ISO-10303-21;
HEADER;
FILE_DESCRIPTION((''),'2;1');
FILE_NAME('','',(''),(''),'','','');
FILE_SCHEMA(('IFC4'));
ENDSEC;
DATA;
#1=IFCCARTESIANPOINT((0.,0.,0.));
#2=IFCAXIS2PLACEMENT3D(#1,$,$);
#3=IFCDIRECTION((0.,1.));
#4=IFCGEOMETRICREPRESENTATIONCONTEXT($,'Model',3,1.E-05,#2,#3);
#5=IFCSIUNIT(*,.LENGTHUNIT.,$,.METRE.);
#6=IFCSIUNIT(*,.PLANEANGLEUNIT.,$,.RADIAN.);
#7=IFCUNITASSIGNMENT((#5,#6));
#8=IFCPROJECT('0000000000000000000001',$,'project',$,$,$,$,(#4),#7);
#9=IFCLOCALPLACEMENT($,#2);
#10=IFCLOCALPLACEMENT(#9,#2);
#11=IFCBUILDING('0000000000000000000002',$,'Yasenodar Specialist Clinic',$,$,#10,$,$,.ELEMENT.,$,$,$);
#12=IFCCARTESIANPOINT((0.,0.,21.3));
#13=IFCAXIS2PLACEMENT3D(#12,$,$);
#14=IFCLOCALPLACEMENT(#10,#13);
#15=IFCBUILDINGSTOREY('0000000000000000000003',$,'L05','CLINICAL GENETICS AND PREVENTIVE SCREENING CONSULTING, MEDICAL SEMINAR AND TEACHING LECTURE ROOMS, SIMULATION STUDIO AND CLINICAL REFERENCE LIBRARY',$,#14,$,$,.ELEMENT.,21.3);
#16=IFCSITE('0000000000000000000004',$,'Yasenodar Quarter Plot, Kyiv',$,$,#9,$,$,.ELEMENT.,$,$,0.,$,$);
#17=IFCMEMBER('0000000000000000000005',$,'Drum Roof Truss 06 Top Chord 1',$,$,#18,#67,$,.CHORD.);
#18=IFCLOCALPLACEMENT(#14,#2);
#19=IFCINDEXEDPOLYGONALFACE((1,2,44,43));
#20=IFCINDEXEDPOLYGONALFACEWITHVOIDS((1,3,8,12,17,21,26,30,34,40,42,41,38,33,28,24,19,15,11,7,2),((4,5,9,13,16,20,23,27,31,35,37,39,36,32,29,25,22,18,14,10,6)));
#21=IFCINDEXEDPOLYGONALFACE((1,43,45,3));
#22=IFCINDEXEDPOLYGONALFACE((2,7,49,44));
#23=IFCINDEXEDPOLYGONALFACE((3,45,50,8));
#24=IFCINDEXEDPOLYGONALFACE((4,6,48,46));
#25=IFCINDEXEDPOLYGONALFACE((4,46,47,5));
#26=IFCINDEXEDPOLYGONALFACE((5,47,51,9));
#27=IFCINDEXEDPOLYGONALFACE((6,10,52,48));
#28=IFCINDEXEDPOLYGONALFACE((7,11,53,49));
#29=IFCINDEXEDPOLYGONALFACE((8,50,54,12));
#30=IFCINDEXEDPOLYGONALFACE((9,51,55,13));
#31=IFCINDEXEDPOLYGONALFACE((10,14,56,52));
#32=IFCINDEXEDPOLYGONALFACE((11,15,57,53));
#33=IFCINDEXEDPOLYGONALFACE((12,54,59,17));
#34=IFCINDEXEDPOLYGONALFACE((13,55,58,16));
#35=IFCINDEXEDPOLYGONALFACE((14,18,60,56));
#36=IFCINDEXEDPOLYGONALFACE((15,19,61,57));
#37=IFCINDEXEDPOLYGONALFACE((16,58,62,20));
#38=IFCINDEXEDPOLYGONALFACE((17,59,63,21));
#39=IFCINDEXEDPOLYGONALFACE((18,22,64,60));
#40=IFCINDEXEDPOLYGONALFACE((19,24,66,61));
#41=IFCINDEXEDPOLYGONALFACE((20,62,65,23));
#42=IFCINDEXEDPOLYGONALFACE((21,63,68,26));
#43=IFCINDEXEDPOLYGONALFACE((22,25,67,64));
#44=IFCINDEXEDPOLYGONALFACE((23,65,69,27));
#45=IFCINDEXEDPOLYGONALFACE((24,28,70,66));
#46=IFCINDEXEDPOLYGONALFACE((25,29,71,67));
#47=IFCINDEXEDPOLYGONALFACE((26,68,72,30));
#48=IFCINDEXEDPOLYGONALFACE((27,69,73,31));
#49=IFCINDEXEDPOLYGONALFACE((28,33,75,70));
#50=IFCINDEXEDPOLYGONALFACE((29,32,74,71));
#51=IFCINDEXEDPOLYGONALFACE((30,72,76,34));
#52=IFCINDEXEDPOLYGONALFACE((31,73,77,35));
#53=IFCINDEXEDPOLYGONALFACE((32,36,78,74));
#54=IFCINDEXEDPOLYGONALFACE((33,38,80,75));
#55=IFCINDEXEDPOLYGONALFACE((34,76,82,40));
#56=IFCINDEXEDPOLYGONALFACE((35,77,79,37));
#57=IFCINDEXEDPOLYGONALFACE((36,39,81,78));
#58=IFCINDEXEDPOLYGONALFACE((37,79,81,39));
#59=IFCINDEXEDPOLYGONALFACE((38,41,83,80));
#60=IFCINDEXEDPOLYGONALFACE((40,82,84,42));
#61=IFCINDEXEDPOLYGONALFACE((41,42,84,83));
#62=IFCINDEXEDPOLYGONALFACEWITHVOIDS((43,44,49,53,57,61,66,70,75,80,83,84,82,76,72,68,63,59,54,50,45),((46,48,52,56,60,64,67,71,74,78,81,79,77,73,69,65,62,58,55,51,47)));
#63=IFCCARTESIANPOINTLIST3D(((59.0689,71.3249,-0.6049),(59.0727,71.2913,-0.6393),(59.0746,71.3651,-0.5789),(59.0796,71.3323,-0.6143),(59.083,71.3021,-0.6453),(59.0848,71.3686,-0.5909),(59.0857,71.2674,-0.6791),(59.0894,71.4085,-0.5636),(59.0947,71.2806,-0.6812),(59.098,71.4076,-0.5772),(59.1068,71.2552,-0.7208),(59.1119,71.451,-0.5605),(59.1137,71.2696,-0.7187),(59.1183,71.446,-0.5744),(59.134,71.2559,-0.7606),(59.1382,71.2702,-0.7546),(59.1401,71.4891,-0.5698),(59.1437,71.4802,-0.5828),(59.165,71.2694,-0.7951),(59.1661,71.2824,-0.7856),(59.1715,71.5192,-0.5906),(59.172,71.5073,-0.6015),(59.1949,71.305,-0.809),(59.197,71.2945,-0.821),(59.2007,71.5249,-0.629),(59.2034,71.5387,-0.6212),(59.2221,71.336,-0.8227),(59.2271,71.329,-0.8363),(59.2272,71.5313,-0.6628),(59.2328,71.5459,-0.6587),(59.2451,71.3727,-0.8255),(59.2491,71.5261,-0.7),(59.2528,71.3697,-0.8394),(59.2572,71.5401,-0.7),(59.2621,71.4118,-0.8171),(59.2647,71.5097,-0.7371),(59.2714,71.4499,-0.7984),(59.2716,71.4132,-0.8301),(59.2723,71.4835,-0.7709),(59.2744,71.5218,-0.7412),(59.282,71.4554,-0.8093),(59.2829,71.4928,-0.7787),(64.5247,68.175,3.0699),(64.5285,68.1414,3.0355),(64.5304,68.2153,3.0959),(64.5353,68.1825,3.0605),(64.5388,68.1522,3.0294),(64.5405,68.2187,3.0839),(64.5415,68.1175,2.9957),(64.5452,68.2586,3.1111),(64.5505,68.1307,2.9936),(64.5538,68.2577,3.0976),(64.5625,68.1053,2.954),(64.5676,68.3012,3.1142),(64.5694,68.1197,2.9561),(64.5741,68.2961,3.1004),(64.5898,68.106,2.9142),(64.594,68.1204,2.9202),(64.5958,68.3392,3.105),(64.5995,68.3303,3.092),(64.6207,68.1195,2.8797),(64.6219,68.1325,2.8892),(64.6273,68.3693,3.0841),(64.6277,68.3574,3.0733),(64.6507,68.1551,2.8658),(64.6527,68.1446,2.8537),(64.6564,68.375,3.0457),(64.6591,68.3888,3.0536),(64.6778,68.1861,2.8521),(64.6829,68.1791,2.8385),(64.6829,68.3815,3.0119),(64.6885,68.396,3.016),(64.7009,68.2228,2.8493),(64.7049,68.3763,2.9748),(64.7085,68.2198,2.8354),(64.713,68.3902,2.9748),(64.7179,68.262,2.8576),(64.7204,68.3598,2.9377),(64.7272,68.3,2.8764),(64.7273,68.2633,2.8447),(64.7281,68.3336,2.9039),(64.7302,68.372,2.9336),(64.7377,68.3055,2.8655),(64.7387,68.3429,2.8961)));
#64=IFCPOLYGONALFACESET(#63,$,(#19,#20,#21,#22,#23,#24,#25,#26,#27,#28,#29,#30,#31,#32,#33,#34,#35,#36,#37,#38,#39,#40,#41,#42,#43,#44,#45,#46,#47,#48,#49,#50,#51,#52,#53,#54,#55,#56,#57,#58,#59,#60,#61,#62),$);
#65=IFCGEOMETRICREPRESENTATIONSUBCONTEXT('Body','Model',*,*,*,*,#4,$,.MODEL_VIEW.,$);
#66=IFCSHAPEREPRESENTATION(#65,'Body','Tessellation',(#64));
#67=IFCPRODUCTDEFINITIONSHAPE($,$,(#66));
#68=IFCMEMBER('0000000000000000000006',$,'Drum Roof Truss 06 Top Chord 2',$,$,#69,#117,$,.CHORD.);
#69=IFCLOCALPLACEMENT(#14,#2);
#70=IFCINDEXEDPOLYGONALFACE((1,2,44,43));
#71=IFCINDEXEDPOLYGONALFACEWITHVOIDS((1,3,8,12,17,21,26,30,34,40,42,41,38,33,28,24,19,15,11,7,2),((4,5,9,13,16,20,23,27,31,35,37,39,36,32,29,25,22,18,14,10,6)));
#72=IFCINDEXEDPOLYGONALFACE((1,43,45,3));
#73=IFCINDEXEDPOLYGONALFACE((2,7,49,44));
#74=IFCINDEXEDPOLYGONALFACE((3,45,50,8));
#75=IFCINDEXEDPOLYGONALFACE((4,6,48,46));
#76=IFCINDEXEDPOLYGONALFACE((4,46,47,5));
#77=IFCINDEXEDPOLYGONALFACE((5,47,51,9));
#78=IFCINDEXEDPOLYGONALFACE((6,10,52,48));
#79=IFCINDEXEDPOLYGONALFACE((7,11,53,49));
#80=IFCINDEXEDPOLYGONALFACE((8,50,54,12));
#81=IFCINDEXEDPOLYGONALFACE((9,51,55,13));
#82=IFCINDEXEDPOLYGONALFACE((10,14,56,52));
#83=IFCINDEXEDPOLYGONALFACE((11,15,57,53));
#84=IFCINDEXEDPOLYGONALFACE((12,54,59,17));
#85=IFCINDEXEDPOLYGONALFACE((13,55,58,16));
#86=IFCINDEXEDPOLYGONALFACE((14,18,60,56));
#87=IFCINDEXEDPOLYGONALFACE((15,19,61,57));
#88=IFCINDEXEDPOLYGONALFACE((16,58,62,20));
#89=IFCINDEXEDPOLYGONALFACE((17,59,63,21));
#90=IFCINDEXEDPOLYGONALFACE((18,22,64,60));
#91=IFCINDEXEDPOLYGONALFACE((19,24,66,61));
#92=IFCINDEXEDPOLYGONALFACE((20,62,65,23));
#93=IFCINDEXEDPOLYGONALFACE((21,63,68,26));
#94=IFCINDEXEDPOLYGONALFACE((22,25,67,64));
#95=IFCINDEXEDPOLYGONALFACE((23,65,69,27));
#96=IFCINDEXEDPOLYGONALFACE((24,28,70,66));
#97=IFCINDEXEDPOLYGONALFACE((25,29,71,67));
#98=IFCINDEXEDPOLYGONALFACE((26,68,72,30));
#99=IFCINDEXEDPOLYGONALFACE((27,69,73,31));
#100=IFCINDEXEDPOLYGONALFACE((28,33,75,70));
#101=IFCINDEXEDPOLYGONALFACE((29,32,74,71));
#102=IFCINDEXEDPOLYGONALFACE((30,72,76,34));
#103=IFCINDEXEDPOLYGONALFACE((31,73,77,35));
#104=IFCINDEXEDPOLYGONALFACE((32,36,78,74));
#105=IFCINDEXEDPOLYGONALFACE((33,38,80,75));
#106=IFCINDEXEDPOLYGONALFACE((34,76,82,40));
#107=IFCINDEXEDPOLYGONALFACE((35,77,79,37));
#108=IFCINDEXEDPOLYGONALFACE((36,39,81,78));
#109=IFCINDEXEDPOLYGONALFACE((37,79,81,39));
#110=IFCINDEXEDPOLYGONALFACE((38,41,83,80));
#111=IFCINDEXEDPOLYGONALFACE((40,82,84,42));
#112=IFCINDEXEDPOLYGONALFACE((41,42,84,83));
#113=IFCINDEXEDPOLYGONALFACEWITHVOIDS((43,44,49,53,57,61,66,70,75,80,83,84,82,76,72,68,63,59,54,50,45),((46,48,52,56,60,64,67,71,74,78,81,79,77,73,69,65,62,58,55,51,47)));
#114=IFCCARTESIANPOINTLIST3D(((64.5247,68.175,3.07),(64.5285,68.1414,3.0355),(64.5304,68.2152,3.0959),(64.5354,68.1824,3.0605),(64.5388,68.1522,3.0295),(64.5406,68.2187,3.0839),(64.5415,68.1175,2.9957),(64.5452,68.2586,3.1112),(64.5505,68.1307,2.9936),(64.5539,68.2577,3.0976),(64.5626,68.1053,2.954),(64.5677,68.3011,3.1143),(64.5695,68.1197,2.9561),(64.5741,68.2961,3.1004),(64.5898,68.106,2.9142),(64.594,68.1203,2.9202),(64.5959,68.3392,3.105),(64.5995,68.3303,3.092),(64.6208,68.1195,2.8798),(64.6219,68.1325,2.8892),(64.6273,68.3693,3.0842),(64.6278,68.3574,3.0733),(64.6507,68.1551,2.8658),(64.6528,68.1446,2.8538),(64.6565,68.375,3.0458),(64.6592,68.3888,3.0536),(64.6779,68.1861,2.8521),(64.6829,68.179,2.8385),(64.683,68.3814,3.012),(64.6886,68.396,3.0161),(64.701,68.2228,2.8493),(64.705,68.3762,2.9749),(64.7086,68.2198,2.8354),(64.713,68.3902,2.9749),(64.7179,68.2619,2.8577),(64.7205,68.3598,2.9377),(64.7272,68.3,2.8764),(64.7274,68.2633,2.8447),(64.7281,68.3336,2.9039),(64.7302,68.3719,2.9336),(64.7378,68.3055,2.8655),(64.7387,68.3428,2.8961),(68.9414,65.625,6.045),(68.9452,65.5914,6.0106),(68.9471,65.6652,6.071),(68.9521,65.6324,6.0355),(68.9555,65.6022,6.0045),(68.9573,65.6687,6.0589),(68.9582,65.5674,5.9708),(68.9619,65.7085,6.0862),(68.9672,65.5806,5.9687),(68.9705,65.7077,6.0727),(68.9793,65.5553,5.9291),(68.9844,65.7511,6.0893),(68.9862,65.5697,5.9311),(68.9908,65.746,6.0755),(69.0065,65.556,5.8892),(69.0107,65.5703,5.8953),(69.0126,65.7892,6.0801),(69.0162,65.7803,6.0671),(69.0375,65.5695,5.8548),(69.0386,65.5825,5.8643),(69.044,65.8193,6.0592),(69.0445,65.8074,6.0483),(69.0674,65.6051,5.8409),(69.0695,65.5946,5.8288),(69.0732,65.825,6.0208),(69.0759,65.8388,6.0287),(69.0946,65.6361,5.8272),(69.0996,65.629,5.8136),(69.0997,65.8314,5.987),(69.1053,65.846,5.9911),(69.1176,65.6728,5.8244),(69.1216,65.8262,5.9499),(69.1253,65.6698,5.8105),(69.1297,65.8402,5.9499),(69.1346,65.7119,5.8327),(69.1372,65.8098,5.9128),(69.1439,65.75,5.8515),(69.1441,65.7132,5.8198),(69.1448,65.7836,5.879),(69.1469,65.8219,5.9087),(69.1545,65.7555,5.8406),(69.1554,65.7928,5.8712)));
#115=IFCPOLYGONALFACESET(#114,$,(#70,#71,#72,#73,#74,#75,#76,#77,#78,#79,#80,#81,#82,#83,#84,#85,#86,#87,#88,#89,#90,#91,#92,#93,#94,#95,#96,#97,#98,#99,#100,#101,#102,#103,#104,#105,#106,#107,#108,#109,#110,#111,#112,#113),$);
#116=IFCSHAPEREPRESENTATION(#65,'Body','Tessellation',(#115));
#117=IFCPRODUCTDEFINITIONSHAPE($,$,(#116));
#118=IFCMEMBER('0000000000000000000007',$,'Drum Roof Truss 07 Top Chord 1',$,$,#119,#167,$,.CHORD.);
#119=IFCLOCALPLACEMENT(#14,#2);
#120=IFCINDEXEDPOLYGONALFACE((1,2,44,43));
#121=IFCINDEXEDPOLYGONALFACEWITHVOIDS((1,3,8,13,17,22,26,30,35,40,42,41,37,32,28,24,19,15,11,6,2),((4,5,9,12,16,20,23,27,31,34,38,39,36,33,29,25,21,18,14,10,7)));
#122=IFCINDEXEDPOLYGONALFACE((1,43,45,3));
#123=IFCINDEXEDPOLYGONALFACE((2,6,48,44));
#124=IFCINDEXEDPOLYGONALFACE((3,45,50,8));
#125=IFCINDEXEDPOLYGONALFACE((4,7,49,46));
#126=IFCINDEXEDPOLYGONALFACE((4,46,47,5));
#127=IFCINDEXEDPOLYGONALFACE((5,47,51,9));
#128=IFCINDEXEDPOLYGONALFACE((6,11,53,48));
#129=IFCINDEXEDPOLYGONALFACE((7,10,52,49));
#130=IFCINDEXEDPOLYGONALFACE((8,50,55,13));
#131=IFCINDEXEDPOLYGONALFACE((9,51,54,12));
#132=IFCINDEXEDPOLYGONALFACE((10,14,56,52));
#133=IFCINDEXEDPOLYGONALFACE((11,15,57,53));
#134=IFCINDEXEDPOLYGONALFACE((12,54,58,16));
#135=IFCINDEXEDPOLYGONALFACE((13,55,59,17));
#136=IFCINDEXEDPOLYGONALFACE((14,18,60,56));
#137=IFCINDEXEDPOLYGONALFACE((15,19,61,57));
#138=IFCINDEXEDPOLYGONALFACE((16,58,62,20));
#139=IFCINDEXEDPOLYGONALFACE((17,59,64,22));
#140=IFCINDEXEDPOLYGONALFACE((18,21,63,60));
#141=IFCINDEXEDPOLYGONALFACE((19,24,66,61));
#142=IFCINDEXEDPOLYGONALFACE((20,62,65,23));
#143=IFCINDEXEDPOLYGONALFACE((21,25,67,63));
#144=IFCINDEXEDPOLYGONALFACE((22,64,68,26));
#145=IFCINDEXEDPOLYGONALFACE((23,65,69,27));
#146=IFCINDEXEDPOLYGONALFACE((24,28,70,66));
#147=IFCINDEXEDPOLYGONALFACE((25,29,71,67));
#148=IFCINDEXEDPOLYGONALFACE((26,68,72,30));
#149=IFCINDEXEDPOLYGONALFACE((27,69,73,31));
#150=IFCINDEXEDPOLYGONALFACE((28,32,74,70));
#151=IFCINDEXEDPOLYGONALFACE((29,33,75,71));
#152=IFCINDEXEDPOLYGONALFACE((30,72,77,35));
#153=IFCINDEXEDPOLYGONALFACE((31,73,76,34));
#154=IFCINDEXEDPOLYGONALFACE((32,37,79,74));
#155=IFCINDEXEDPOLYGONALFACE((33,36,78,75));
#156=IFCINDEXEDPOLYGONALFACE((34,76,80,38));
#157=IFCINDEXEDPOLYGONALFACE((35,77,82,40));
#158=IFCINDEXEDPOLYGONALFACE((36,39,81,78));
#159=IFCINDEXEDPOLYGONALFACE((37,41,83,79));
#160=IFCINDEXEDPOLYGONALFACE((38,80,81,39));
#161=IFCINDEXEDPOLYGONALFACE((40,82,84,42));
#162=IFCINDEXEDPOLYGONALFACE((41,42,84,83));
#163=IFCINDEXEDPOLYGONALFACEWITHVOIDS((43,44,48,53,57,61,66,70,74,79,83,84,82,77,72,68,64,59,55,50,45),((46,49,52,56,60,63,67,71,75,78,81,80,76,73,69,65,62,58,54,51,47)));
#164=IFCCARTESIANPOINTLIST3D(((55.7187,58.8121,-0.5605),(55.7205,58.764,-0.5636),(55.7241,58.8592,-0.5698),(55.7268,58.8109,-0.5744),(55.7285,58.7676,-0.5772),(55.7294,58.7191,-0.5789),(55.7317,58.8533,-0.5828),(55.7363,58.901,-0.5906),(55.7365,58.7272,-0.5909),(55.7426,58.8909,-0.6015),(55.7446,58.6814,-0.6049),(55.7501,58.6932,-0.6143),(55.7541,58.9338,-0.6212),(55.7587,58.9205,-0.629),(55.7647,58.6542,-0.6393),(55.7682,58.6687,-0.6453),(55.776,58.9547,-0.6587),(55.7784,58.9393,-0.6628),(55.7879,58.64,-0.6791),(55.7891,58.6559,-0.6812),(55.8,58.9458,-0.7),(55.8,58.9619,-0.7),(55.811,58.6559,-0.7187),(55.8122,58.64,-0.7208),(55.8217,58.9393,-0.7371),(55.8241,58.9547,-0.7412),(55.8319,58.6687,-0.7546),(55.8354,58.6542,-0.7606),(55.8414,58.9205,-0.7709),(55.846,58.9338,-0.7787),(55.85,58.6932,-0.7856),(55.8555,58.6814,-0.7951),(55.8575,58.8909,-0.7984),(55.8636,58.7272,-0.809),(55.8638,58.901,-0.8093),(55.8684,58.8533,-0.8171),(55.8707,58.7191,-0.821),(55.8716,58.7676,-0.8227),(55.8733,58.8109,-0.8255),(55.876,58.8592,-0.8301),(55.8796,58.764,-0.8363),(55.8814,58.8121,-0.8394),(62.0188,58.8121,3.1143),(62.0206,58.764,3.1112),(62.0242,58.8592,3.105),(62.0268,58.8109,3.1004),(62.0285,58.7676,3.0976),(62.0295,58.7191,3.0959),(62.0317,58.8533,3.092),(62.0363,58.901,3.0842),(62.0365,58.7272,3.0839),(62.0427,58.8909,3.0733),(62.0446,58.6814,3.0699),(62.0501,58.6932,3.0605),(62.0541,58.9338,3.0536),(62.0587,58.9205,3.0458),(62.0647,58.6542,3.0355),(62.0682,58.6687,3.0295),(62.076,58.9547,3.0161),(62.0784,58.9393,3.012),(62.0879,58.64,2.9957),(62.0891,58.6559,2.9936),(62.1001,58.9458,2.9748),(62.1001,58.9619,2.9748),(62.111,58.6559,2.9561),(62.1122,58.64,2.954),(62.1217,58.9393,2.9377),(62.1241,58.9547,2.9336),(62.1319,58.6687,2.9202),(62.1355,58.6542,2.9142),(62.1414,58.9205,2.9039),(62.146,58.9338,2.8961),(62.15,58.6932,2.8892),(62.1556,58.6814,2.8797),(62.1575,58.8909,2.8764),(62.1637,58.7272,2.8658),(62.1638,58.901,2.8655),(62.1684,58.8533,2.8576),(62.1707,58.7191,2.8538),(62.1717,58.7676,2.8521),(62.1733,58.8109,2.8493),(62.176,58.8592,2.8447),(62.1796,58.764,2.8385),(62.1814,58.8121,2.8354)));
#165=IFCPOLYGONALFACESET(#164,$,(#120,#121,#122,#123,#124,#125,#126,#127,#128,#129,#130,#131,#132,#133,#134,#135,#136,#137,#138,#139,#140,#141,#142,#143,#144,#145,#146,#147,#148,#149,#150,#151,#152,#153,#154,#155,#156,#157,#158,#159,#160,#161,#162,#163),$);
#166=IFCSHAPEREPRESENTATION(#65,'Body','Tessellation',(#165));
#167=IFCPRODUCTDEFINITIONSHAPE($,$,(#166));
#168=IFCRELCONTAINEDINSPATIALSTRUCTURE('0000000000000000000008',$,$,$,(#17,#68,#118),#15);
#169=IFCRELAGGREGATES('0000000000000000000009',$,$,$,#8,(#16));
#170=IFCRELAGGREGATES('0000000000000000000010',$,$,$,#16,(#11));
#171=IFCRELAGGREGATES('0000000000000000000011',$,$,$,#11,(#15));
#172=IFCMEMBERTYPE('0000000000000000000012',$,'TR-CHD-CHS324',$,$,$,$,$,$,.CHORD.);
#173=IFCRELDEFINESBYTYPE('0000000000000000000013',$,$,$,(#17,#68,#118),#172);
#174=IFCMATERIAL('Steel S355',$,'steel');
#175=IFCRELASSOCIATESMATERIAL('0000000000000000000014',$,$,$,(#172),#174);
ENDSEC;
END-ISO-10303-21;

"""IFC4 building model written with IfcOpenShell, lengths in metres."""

from ifc_helpers import new_model, si_unit, direction, frame, origin, origin_2d, place, context, subcontext, project, spatial, hollow_circle, extrude, material, material_profile, profile_set, type_object, element, save


model = new_model("IFC4")

# Units and contexts
model_context = context("Model", 3, precision=1e-05, world=origin(), true_north=direction((0.0, 1.0)))
body_context = subcontext(model_context, "Body", "Model", "MODEL_VIEW")
ifc_project = project(units=[si_unit("LENGTHUNIT", "METRE"), si_unit("PLANEANGLEUNIT", "RADIAN")], contexts=[model_context])

# Site, building, storey
site_placement = place(None, origin())
site = spatial("IfcSite", under=ifc_project, at=site_placement, Name="Yasenodar Quarter Plot, Kyiv", CompositionType="ELEMENT", RefElevation=0.0)
building_placement = place(site_placement, origin())
building = spatial("IfcBuilding", under=site, at=building_placement, Name="Yasenodar Specialist Clinic", CompositionType="ELEMENT")
storey_placement = place(building_placement, frame((0.0, 0.0, 21.3)))
storey = spatial("IfcBuildingStorey", under=building, at=storey_placement, Name="L05", Description="CLINICAL GENETICS AND PREVENTIVE SCREENING CONSULTING, MEDICAL SEMINAR AND TEACHING LECTURE ROOMS, SIMULATION STUDIO AND CLINICAL REFERENCE LIBRARY", CompositionType="ELEMENT", Elevation=21.3)

# Shared definitions
ifc_material_1 = material(Name="Steel S355", Category="steel")

# Members
ifc_material_profile_1 = material_profile(ifc_material_1, hollow_circle(Radius=0.1619, WallThickness=0.0161, at=origin_2d()), Name="CHS 323.9x16")
ifc_profile_set_1 = profile_set([ifc_material_profile_1], Name="Steel S355")
member_type_1 = type_object("IfcMemberType", Name="TR-CHD-CHS324", PredefinedType="CHORD", material=ifc_profile_set_1)
member_1_placement = place(storey_placement, frame((59.1763, 71.3999, -0.7), z_axis=(0.74806, -0.431891, 0.503862), x_axis=(0.499999, 0.866026, 0.0)))
element("IfcMember", 1, at=member_1_placement, inside=storey, type_object=member_type_1, Name="Drum Roof Truss 06 Top Chord 1", PredefinedType="CHORD", context=body_context, shape_type="SweptSolid", body=[
    extrude(hollow_circle(Radius=0.1619, WallThickness=0.0161, at=origin_2d()), origin(), (0.0, 0.0, 1.0), 7.2932),
])
member_2_placement = place(storey_placement, frame((64.6321, 68.25, 2.9749), z_axis=(0.748047, -0.431892, 0.50388), x_axis=(0.500006, 0.866022, 0.0)))
element("IfcMember", 2, at=member_2_placement, inside=storey, type_object=member_type_1, Name="Drum Roof Truss 06 Top Chord 2", PredefinedType="CHORD", context=body_context, shape_type="SweptSolid", body=[
    extrude(hollow_circle(Radius=0.1619, WallThickness=0.0161, at=origin_2d()), origin(), (0.0, 0.0, 1.0), 5.9043),
])
member_3_placement = place(storey_placement, frame((55.8, 58.8, -0.7), z_axis=(0.863792, 0.0, 0.503848), x_axis=(0.0, 1.0, 0.0)))
element("IfcMember", 3, at=member_3_placement, inside=storey, type_object=member_type_1, Name="Drum Roof Truss 07 Top Chord 1", PredefinedType="CHORD", context=body_context, shape_type="SweptSolid", body=[
    extrude(hollow_circle(Radius=0.1619, WallThickness=0.0161, at=origin_2d()), origin(), (0.0, 0.0, 1.0), 7.2935),
])

save(model, "model.ifc")
